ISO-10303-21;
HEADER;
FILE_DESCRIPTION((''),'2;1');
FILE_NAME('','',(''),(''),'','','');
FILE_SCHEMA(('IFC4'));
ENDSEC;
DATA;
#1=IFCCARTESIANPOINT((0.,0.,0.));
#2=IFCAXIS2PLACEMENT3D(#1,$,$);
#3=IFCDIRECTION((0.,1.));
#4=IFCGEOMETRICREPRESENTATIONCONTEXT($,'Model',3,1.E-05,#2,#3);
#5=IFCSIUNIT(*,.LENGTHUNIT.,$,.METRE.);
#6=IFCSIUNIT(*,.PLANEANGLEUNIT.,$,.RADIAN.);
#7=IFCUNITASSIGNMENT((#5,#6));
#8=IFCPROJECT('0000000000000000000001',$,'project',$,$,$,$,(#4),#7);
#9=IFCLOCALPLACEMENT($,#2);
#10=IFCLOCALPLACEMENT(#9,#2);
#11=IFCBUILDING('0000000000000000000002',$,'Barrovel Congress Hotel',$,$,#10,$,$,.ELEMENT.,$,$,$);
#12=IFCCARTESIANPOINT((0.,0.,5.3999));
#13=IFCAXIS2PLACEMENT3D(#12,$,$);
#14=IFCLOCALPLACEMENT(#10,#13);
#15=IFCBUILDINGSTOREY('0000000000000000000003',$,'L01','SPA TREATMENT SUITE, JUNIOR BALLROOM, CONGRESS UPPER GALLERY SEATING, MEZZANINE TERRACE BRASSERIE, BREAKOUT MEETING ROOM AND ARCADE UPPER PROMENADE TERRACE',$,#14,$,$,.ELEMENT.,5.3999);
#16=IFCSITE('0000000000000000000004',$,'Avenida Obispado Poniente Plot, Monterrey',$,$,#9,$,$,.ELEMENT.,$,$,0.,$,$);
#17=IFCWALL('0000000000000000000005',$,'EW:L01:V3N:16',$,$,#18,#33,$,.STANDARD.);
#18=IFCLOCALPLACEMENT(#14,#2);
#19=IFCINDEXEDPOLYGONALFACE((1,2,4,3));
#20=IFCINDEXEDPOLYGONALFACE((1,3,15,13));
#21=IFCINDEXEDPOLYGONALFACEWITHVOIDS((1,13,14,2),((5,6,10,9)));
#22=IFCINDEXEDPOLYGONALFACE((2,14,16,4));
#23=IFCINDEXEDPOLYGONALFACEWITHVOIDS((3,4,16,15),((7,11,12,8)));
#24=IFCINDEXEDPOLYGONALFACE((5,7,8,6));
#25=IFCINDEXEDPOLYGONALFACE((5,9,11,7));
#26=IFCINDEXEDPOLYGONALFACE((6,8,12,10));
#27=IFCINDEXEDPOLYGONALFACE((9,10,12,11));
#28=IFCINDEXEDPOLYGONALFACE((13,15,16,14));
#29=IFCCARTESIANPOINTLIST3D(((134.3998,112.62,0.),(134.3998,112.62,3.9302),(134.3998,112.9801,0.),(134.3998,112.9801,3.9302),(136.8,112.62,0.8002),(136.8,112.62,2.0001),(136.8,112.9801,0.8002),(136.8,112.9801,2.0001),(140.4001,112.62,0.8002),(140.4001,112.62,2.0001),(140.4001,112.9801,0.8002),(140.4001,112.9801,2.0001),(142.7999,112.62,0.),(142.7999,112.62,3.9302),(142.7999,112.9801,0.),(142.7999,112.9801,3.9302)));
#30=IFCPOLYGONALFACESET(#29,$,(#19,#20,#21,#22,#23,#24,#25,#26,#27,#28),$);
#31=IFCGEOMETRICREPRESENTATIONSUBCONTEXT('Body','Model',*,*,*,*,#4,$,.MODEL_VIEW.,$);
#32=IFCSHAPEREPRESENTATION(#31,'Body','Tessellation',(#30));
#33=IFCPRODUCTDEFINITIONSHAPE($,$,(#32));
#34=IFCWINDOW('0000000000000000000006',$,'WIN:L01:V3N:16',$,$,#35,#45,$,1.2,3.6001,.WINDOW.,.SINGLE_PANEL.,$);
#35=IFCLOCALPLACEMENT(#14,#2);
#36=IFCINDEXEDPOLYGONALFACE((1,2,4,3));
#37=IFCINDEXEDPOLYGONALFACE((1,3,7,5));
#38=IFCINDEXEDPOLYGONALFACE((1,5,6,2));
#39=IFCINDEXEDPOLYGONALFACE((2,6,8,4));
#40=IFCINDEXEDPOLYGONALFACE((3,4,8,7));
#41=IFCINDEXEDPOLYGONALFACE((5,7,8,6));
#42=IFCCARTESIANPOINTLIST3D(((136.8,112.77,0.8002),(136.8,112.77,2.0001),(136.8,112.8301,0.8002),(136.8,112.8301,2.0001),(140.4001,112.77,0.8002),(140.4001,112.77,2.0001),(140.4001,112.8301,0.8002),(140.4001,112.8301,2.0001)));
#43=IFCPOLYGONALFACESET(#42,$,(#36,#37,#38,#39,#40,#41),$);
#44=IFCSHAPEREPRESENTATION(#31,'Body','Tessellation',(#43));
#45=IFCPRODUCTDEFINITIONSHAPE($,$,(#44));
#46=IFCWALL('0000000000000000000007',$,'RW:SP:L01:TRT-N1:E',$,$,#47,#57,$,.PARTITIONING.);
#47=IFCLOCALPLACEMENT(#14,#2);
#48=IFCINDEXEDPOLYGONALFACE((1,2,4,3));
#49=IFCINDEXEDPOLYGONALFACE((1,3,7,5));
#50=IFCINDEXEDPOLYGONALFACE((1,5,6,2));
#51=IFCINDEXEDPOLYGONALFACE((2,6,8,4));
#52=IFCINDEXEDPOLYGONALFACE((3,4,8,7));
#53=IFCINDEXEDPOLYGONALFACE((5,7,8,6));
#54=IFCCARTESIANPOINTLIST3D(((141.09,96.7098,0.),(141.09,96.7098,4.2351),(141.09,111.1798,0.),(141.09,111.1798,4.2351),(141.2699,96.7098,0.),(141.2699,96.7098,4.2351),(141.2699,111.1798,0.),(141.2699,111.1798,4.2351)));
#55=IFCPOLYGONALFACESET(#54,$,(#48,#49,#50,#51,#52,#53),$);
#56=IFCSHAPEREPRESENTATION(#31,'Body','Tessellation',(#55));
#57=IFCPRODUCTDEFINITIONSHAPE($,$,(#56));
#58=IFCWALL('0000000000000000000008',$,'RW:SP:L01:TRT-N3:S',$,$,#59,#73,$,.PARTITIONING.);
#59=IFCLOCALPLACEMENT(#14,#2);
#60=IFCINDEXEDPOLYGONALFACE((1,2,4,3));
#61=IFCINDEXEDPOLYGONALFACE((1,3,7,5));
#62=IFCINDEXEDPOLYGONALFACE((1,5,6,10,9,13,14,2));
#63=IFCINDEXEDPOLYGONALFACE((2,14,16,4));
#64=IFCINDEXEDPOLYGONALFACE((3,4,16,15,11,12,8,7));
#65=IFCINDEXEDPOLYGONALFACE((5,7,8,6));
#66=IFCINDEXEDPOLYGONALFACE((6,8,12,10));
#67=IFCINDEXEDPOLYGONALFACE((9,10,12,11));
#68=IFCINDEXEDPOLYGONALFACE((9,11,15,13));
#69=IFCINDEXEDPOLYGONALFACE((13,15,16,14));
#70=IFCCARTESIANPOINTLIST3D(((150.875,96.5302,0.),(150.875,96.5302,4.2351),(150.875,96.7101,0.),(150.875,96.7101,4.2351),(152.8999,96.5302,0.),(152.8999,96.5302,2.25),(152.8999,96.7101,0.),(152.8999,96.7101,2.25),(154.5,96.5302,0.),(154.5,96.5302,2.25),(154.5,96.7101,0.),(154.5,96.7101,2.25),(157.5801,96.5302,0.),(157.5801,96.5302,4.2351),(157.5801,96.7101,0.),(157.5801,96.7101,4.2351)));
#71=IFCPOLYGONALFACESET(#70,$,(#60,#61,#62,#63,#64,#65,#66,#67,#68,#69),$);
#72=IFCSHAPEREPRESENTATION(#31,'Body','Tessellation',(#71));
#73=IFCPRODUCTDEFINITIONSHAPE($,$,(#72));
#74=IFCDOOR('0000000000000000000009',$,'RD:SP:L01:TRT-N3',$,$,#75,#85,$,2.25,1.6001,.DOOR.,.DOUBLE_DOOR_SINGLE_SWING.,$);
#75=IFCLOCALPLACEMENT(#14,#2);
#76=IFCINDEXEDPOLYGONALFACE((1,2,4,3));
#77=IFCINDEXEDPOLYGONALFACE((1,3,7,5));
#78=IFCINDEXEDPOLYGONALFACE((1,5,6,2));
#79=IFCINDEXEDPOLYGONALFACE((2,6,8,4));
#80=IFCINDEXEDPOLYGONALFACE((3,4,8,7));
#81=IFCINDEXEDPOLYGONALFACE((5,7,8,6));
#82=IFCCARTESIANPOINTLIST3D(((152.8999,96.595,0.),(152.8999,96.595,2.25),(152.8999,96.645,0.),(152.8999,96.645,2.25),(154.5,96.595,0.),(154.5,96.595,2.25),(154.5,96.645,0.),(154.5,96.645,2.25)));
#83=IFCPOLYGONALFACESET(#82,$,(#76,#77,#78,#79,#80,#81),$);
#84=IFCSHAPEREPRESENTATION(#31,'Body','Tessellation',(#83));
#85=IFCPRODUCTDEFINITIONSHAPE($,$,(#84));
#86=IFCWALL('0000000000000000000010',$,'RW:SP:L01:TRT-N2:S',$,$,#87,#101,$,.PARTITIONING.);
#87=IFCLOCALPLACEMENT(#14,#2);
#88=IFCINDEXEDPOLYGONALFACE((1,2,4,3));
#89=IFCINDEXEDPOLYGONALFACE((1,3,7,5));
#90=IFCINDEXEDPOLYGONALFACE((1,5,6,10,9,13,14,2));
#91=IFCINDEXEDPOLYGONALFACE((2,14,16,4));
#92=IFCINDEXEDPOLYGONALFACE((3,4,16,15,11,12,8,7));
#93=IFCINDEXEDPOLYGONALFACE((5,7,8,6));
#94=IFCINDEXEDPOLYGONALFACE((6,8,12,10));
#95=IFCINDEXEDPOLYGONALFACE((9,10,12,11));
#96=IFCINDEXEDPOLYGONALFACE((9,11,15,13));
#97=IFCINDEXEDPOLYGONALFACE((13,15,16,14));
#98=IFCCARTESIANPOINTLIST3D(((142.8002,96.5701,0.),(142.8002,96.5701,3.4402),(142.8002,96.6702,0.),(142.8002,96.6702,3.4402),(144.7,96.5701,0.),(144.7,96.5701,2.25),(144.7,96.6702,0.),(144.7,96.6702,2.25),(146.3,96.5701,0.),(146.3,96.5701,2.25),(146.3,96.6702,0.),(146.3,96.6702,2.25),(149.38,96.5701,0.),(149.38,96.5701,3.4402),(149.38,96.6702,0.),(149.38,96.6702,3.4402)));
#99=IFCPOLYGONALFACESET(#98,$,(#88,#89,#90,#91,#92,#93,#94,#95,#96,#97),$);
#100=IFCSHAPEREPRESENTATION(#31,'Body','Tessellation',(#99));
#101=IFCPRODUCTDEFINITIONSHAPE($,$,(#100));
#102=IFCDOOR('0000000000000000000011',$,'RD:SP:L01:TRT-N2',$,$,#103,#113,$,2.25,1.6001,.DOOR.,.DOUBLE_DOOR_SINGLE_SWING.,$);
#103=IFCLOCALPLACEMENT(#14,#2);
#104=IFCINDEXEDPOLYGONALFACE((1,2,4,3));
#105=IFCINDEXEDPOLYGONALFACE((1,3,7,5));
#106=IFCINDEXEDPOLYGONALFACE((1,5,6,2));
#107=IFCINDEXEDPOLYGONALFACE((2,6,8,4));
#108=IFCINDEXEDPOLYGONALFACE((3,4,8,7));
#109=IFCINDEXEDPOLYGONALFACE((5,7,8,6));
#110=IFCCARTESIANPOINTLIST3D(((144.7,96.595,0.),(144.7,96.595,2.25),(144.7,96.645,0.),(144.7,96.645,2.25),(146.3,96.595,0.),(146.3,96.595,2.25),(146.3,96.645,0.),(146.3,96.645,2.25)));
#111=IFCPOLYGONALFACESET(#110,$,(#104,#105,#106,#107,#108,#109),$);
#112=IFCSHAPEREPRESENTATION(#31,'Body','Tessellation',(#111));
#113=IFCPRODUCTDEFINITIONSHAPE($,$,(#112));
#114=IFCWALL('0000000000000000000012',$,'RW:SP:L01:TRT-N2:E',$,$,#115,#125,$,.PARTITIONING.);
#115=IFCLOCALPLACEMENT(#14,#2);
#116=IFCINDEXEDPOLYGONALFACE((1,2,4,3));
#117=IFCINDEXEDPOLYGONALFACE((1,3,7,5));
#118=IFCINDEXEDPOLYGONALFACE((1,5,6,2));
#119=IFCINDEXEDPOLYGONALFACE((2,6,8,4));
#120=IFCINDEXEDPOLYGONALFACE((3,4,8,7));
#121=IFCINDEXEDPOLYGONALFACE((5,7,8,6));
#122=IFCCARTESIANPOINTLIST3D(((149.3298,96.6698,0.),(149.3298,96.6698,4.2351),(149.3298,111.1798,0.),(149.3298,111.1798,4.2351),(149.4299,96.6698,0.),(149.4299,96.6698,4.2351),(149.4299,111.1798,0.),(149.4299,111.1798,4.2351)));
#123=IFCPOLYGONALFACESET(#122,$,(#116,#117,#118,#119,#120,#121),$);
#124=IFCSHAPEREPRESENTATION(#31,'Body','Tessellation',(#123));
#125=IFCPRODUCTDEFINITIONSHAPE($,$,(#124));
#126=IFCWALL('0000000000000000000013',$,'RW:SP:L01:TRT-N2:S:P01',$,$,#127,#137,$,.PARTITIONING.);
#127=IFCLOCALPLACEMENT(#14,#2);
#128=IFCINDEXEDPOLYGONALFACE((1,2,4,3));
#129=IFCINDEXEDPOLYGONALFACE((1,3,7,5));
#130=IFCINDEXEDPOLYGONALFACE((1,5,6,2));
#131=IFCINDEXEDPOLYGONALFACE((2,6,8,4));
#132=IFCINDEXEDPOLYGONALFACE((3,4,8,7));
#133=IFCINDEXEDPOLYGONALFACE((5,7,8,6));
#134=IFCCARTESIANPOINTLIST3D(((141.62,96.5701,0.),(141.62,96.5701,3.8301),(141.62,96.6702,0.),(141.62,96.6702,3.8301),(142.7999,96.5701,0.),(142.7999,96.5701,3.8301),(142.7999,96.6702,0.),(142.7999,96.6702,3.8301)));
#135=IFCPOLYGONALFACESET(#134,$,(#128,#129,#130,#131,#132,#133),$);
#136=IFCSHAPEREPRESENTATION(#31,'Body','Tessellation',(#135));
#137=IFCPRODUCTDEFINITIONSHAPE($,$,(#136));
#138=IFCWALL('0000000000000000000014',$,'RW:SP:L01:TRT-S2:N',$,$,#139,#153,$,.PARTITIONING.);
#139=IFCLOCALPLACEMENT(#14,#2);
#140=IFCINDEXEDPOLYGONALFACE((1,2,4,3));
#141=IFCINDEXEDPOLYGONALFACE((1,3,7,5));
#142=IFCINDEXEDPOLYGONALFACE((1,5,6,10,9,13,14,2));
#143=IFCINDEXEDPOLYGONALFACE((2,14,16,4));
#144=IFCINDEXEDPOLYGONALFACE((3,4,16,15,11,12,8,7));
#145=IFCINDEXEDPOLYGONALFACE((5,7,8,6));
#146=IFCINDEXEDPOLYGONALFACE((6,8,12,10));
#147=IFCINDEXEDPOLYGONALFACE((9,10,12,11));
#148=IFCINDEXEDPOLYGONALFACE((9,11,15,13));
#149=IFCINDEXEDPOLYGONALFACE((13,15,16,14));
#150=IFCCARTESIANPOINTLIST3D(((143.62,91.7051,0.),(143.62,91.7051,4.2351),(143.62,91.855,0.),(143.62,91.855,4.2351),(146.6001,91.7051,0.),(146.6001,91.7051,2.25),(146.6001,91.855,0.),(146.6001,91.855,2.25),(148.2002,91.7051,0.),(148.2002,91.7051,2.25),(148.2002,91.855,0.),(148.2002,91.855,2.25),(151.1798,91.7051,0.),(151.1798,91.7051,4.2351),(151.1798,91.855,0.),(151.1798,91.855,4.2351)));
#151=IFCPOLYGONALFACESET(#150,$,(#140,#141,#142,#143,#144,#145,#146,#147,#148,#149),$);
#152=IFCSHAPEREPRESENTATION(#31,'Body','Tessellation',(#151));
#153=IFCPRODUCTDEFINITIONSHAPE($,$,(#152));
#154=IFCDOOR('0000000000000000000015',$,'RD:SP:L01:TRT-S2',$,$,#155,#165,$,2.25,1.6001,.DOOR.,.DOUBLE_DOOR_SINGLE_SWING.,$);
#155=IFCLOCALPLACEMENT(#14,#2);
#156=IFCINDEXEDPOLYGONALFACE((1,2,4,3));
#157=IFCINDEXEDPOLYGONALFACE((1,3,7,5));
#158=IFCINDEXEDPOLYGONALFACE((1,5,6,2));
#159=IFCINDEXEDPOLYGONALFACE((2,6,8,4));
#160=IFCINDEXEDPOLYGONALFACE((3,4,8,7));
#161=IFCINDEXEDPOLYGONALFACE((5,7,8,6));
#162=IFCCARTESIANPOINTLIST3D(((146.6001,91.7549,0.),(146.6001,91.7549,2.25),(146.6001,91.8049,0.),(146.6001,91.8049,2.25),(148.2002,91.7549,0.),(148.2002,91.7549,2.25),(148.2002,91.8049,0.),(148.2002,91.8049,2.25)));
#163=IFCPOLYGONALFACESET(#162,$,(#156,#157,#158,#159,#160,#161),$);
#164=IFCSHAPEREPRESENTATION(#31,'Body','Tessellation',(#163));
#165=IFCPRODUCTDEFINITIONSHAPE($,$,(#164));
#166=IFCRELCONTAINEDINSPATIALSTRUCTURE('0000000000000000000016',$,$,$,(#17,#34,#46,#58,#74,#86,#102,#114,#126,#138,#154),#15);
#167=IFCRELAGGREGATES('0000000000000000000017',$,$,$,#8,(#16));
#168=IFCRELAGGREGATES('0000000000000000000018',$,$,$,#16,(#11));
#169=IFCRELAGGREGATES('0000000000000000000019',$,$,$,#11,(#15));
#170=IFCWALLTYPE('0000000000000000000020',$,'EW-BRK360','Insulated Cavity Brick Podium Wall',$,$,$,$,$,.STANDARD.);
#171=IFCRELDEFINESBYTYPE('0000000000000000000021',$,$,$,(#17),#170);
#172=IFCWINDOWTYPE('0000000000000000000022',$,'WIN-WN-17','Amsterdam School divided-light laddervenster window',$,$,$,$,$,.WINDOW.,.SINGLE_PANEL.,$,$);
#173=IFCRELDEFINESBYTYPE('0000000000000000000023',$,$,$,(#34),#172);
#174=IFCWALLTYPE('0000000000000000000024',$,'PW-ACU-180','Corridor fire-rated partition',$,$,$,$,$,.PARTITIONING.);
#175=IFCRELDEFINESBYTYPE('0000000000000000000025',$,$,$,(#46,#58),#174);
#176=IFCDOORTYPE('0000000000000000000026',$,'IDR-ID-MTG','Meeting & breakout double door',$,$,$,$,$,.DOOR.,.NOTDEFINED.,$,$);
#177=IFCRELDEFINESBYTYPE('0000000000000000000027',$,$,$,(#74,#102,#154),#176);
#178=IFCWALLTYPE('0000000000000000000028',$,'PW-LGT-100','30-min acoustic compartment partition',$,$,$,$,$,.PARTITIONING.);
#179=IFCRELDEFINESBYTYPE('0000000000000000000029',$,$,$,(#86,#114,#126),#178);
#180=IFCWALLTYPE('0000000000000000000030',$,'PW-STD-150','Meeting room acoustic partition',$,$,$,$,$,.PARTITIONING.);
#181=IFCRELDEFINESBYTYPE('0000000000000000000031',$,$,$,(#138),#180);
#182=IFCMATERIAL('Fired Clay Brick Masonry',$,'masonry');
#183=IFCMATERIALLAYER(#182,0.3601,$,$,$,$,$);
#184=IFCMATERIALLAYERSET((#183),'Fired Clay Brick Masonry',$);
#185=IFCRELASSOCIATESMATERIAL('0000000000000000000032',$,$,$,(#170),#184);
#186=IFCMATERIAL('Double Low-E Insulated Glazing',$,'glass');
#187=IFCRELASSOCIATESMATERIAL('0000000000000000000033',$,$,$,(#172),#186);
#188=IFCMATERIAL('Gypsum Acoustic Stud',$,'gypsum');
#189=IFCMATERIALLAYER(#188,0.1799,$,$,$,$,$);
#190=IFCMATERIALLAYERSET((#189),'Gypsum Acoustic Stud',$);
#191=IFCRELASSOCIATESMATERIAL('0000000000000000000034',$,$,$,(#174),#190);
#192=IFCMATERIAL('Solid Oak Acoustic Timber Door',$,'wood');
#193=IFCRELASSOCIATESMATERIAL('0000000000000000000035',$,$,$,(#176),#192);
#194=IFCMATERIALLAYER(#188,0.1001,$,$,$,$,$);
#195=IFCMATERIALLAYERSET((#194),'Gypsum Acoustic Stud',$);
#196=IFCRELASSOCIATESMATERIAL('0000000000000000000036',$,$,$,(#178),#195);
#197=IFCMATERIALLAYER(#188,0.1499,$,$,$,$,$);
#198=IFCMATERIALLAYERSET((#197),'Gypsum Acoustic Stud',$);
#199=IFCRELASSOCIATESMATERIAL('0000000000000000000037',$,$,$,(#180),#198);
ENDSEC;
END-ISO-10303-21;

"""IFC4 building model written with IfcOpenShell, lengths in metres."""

from ifc_helpers import new_model, si_unit, direction, frame, frame_2d, origin, place, context, subcontext, project, spatial, rectangle, extrude, material, layer, layer_set, type_object, element, fill, save


model = new_model("IFC4")

# Units and contexts
model_context = context("Model", 3, precision=1e-05, world=origin(), true_north=direction((0.0, 1.0)))
body_context = subcontext(model_context, "Body", "Model", "MODEL_VIEW")
ifc_project = project(units=[si_unit("LENGTHUNIT", "METRE"), si_unit("PLANEANGLEUNIT", "RADIAN")], contexts=[model_context])

# Site, building, storey
site_placement = place(None, origin())
site = spatial("IfcSite", under=ifc_project, at=site_placement, Name="Avenida Obispado Poniente Plot, Monterrey", CompositionType="ELEMENT", RefElevation=0.0)
building_placement = place(site_placement, origin())
building = spatial("IfcBuilding", under=site, at=building_placement, Name="Barrovel Congress Hotel", CompositionType="ELEMENT")
storey_placement = place(building_placement, frame((0.0, 0.0, 5.3999)))
storey = spatial("IfcBuildingStorey", under=building, at=storey_placement, Name="L01", Description="SPA TREATMENT SUITE, JUNIOR BALLROOM, CONGRESS UPPER GALLERY SEATING, MEZZANINE TERRACE BRASSERIE, BREAKOUT MEETING ROOM AND ARCADE UPPER PROMENADE TERRACE", CompositionType="ELEMENT", Elevation=5.3999)

# Wall, opening, window
ifc_material_1 = material(Name="Fired Clay Brick Masonry", Category="masonry")
ifc_layer_1 = layer(ifc_material_1, 0.3601)
ifc_layer_set_1 = layer_set([ifc_layer_1], Name="Fired Clay Brick Masonry")
wall_type_1 = type_object("IfcWallType", Name="EW-BRK360", Description="Insulated Cavity Brick Podium Wall", PredefinedType="STANDARD", material=ifc_layer_set_1)
ifc_material_2 = material(Name="Double Low-E Insulated Glazing", Category="glass")
wall_1_placement = place(storey_placement, frame((142.8, 112.8, 0.0), z_axis=(0.0, 0.0, 1.0), x_axis=(-1.0, 0.0, 0.0)))
wall_1 = element("IfcWall", 1, at=wall_1_placement, inside=storey, type_object=wall_type_1, Name="EW:L01:V3N:16", PredefinedType="STANDARD", context=body_context, shape_type="SweptSolid", body=[
    extrude(rectangle(XDim=8.4001, YDim=0.3601, at=frame_2d((4.2002, 0.0))), origin(), (0.0, 0.0, 1.0), 3.9302),
])
opening_1_placement = place(wall_1_placement, frame((2.3999, 0.0, 0.8)))
opening_1 = element("IfcOpeningElement", 2, at=opening_1_placement, cuts=wall_1, PredefinedType="OPENING", context=body_context, shape_type="SweptSolid", body=[
    extrude(rectangle(XDim=3.6001, YDim=1.2, at=frame_2d((1.8, 0.6001))), frame((0.0, 0.1899, 0.0), z_axis=(0.0, -1.0, 0.0), x_axis=(1.0, 0.0, 0.0)), (0.0, 0.0, 1.0), 0.3801),
])
window_type_1 = type_object("IfcWindowType", Name="WIN-WN-17", Description="Amsterdam School divided-light laddervenster window", PartitioningType="SINGLE_PANEL", PredefinedType="WINDOW", material=ifc_material_2)
window_1_placement = place(opening_1_placement, origin())
window_1 = element("IfcWindow", 3, at=window_1_placement, inside=storey, type_object=window_type_1, Name="WIN:L01:V3N:16", OverallHeight=1.2, OverallWidth=3.6001, PartitioningType="SINGLE_PANEL", PredefinedType="WINDOW", context=body_context, shape_type="SweptSolid", body=[
    extrude(rectangle(XDim=3.6001, YDim=1.2, at=frame_2d((1.8, 0.6001))), frame((0.0, 0.03, 0.0), z_axis=(0.0, -1.0, 0.0), x_axis=(1.0, 0.0, 0.0)), (0.0, 0.0, 1.0), 0.0601),
])
fill(opening_1, window_1)

# Wall
ifc_material_3 = material(Name="Gypsum Acoustic Stud", Category="gypsum")
ifc_layer_2 = layer(ifc_material_3, 0.1799)
ifc_layer_set_2 = layer_set([ifc_layer_2], Name="Gypsum Acoustic Stud")
wall_type_2 = type_object("IfcWallType", Name="PW-ACU-180", Description="Corridor fire-rated partition", PredefinedType="PARTITIONING", material=ifc_layer_set_2)
wall_2_placement = place(storey_placement, frame((141.1799, 96.71, 0.0), z_axis=(0.0, 0.0, 1.0), x_axis=(0.0, 1.0, 0.0)))
element("IfcWall", 4, at=wall_2_placement, inside=storey, type_object=wall_type_2, Name="RW:SP:L01:TRT-N1:E", PredefinedType="PARTITIONING", context=body_context, shape_type="SweptSolid", body=[
    extrude(rectangle(XDim=14.47, YDim=0.1799, at=frame_2d((7.2349, 0.0))), origin(), (0.0, 0.0, 1.0), 4.2351),
])

# Wall, opening, door
wall_3_placement = place(storey_placement, frame((150.875, 96.6201, 0.0), z_axis=(0.0, 0.0, 1.0), x_axis=(1.0, 0.0, 0.0)))
wall_3 = element("IfcWall", 5, at=wall_3_placement, inside=storey, type_object=wall_type_2, Name="RW:SP:L01:TRT-N3:S", PredefinedType="PARTITIONING", context=body_context, shape_type="SweptSolid", body=[
    extrude(rectangle(XDim=6.7051, YDim=0.1799, at=frame_2d((3.3525, 0.0))), origin(), (0.0, 0.0, 1.0), 4.2351),
])
opening_2_placement = place(wall_3_placement, frame((2.0249, 0.0, 0.0)))
opening_2 = element("IfcOpeningElement", 6, at=opening_2_placement, cuts=wall_3, PredefinedType="OPENING", context=body_context, shape_type="SweptSolid", body=[
    extrude(rectangle(XDim=1.6001, YDim=2.25, at=frame_2d((0.8, 1.125))), frame((0.0, 0.1001, 0.0), z_axis=(0.0, -1.0, 0.0), x_axis=(1.0, 0.0, 0.0)), (0.0, 0.0, 1.0), 0.2),
])
ifc_material_4 = material(Name="Solid Oak Acoustic Timber Door", Category="wood")
door_type = type_object("IfcDoorType", Name="IDR-ID-MTG", Description="Meeting & breakout double door", OperationType="NOTDEFINED", PredefinedType="DOOR", material=ifc_material_4)
door_1_placement = place(opening_2_placement, origin())
door_1 = element("IfcDoor", 7, at=door_1_placement, inside=storey, type_object=door_type, Name="RD:SP:L01:TRT-N3", OperationType="DOUBLE_DOOR_SINGLE_SWING", OverallHeight=2.25, OverallWidth=1.6001, PredefinedType="DOOR", context=body_context, shape_type="SweptSolid", body=[
    extrude(rectangle(XDim=1.6001, YDim=2.25, at=frame_2d((0.8, 1.125))), frame((0.0, 0.0249, 0.0), z_axis=(0.0, -1.0, 0.0), x_axis=(1.0, 0.0, 0.0)), (0.0, 0.0, 1.0), 0.05),
])
fill(opening_2, door_1)

# Wall, opening, door
ifc_layer_3 = layer(ifc_material_3, 0.1001)
ifc_layer_set_3 = layer_set([ifc_layer_3], Name="Gypsum Acoustic Stud")
wall_type_3 = type_object("IfcWallType", Name="PW-LGT-100", Description="30-min acoustic compartment partition", PredefinedType="PARTITIONING", material=ifc_layer_set_3)
wall_4_placement = place(storey_placement, frame((142.8, 96.6201, 0.0), z_axis=(0.0, 0.0, 1.0), x_axis=(1.0, 0.0, 0.0)))
wall_4 = element("IfcWall", 8, at=wall_4_placement, inside=storey, type_object=wall_type_3, Name="RW:SP:L01:TRT-N2:S", PredefinedType="PARTITIONING", context=body_context, shape_type="SweptSolid", body=[
    extrude(rectangle(XDim=6.5798, YDim=0.1001, at=frame_2d((3.29, 0.0))), origin(), (0.0, 0.0, 1.0), 3.4402),
])
opening_3_placement = place(wall_4_placement, frame((1.8999, 0.0, 0.0)))
opening_3 = element("IfcOpeningElement", 9, at=opening_3_placement, cuts=wall_4, PredefinedType="OPENING", context=body_context, shape_type="SweptSolid", body=[
    extrude(rectangle(XDim=1.6001, YDim=2.25, at=frame_2d((0.8, 1.125))), frame((0.0, 0.0601, 0.0), z_axis=(0.0, -1.0, 0.0), x_axis=(1.0, 0.0, 0.0)), (0.0, 0.0, 1.0), 0.1201),
])
door_2_placement = place(opening_3_placement, origin())
door_2 = element("IfcDoor", 10, at=door_2_placement, inside=storey, type_object=door_type, Name="RD:SP:L01:TRT-N2", OperationType="DOUBLE_DOOR_SINGLE_SWING", OverallHeight=2.25, OverallWidth=1.6001, PredefinedType="DOOR", context=body_context, shape_type="SweptSolid", body=[
    extrude(rectangle(XDim=1.6001, YDim=2.25, at=frame_2d((0.8, 1.125))), frame((0.0, 0.0249, 0.0), z_axis=(0.0, -1.0, 0.0), x_axis=(1.0, 0.0, 0.0)), (0.0, 0.0, 1.0), 0.05),
])
fill(opening_3, door_2)

# Walls
wall_5_placement = place(storey_placement, frame((149.3799, 96.6699, 0.0), z_axis=(0.0, 0.0, 1.0), x_axis=(0.0, 1.0, 0.0)))
element("IfcWall", 11, at=wall_5_placement, inside=storey, type_object=wall_type_3, Name="RW:SP:L01:TRT-N2:E", PredefinedType="PARTITIONING", context=body_context, shape_type="SweptSolid", body=[
    extrude(rectangle(XDim=14.51, YDim=0.1001, at=frame_2d((7.2549, 0.0))), origin(), (0.0, 0.0, 1.0), 4.2351),
])
wall_6_placement = place(storey_placement, frame((141.6201, 96.6201, 0.0), z_axis=(0.0, 0.0, 1.0), x_axis=(1.0, 0.0, 0.0)))
element("IfcWall", 12, at=wall_6_placement, inside=storey, type_object=wall_type_3, Name="RW:SP:L01:TRT-N2:S:P01", PredefinedType="PARTITIONING", context=body_context, shape_type="SweptSolid", body=[
    extrude(rectangle(XDim=1.1799, YDim=0.1001, at=frame_2d((0.5898, 0.0))), origin(), (0.0, 0.0, 1.0), 3.8301),
])

# Wall, opening, door
ifc_layer_4 = layer(ifc_material_3, 0.1499)
ifc_layer_set_4 = layer_set([ifc_layer_4], Name="Gypsum Acoustic Stud")
wall_type_4 = type_object("IfcWallType", Name="PW-STD-150", Description="Meeting room acoustic partition", PredefinedType="PARTITIONING", material=ifc_layer_set_4)
wall_7_placement = place(storey_placement, frame((143.6201, 91.78, 0.0), z_axis=(0.0, 0.0, 1.0), x_axis=(1.0, 0.0, 0.0)))
wall_7 = element("IfcWall", 13, at=wall_7_placement, inside=storey, type_object=wall_type_4, Name="RW:SP:L01:TRT-S2:N", PredefinedType="PARTITIONING", context=body_context, shape_type="SweptSolid", body=[
    extrude(rectangle(XDim=7.5598, YDim=0.1499, at=frame_2d((3.7798, 0.0))), origin(), (0.0, 0.0, 1.0), 4.2351),
])
opening_4_placement = place(wall_7_placement, frame((2.98, 0.0, 0.0)))
opening_4 = element("IfcOpeningElement", 14, at=opening_4_placement, cuts=wall_7, PredefinedType="OPENING", context=body_context, shape_type="SweptSolid", body=[
    extrude(rectangle(XDim=1.6001, YDim=2.25, at=frame_2d((0.8, 1.125))), frame((0.0, 0.085, 0.0), z_axis=(0.0, -1.0, 0.0), x_axis=(1.0, 0.0, 0.0)), (0.0, 0.0, 1.0), 0.1699),
])
door_3_placement = place(opening_4_placement, origin())
door_3 = element("IfcDoor", 15, at=door_3_placement, inside=storey, type_object=door_type, Name="RD:SP:L01:TRT-S2", OperationType="DOUBLE_DOOR_SINGLE_SWING", OverallHeight=2.25, OverallWidth=1.6001, PredefinedType="DOOR", context=body_context, shape_type="SweptSolid", body=[
    extrude(rectangle(XDim=1.6001, YDim=2.25, at=frame_2d((0.8, 1.125))), frame((0.0, 0.0249, 0.0), z_axis=(0.0, -1.0, 0.0), x_axis=(1.0, 0.0, 0.0)), (0.0, 0.0, 1.0), 0.05),
])
fill(opening_4, door_3)

save(model, "model.ifc")
